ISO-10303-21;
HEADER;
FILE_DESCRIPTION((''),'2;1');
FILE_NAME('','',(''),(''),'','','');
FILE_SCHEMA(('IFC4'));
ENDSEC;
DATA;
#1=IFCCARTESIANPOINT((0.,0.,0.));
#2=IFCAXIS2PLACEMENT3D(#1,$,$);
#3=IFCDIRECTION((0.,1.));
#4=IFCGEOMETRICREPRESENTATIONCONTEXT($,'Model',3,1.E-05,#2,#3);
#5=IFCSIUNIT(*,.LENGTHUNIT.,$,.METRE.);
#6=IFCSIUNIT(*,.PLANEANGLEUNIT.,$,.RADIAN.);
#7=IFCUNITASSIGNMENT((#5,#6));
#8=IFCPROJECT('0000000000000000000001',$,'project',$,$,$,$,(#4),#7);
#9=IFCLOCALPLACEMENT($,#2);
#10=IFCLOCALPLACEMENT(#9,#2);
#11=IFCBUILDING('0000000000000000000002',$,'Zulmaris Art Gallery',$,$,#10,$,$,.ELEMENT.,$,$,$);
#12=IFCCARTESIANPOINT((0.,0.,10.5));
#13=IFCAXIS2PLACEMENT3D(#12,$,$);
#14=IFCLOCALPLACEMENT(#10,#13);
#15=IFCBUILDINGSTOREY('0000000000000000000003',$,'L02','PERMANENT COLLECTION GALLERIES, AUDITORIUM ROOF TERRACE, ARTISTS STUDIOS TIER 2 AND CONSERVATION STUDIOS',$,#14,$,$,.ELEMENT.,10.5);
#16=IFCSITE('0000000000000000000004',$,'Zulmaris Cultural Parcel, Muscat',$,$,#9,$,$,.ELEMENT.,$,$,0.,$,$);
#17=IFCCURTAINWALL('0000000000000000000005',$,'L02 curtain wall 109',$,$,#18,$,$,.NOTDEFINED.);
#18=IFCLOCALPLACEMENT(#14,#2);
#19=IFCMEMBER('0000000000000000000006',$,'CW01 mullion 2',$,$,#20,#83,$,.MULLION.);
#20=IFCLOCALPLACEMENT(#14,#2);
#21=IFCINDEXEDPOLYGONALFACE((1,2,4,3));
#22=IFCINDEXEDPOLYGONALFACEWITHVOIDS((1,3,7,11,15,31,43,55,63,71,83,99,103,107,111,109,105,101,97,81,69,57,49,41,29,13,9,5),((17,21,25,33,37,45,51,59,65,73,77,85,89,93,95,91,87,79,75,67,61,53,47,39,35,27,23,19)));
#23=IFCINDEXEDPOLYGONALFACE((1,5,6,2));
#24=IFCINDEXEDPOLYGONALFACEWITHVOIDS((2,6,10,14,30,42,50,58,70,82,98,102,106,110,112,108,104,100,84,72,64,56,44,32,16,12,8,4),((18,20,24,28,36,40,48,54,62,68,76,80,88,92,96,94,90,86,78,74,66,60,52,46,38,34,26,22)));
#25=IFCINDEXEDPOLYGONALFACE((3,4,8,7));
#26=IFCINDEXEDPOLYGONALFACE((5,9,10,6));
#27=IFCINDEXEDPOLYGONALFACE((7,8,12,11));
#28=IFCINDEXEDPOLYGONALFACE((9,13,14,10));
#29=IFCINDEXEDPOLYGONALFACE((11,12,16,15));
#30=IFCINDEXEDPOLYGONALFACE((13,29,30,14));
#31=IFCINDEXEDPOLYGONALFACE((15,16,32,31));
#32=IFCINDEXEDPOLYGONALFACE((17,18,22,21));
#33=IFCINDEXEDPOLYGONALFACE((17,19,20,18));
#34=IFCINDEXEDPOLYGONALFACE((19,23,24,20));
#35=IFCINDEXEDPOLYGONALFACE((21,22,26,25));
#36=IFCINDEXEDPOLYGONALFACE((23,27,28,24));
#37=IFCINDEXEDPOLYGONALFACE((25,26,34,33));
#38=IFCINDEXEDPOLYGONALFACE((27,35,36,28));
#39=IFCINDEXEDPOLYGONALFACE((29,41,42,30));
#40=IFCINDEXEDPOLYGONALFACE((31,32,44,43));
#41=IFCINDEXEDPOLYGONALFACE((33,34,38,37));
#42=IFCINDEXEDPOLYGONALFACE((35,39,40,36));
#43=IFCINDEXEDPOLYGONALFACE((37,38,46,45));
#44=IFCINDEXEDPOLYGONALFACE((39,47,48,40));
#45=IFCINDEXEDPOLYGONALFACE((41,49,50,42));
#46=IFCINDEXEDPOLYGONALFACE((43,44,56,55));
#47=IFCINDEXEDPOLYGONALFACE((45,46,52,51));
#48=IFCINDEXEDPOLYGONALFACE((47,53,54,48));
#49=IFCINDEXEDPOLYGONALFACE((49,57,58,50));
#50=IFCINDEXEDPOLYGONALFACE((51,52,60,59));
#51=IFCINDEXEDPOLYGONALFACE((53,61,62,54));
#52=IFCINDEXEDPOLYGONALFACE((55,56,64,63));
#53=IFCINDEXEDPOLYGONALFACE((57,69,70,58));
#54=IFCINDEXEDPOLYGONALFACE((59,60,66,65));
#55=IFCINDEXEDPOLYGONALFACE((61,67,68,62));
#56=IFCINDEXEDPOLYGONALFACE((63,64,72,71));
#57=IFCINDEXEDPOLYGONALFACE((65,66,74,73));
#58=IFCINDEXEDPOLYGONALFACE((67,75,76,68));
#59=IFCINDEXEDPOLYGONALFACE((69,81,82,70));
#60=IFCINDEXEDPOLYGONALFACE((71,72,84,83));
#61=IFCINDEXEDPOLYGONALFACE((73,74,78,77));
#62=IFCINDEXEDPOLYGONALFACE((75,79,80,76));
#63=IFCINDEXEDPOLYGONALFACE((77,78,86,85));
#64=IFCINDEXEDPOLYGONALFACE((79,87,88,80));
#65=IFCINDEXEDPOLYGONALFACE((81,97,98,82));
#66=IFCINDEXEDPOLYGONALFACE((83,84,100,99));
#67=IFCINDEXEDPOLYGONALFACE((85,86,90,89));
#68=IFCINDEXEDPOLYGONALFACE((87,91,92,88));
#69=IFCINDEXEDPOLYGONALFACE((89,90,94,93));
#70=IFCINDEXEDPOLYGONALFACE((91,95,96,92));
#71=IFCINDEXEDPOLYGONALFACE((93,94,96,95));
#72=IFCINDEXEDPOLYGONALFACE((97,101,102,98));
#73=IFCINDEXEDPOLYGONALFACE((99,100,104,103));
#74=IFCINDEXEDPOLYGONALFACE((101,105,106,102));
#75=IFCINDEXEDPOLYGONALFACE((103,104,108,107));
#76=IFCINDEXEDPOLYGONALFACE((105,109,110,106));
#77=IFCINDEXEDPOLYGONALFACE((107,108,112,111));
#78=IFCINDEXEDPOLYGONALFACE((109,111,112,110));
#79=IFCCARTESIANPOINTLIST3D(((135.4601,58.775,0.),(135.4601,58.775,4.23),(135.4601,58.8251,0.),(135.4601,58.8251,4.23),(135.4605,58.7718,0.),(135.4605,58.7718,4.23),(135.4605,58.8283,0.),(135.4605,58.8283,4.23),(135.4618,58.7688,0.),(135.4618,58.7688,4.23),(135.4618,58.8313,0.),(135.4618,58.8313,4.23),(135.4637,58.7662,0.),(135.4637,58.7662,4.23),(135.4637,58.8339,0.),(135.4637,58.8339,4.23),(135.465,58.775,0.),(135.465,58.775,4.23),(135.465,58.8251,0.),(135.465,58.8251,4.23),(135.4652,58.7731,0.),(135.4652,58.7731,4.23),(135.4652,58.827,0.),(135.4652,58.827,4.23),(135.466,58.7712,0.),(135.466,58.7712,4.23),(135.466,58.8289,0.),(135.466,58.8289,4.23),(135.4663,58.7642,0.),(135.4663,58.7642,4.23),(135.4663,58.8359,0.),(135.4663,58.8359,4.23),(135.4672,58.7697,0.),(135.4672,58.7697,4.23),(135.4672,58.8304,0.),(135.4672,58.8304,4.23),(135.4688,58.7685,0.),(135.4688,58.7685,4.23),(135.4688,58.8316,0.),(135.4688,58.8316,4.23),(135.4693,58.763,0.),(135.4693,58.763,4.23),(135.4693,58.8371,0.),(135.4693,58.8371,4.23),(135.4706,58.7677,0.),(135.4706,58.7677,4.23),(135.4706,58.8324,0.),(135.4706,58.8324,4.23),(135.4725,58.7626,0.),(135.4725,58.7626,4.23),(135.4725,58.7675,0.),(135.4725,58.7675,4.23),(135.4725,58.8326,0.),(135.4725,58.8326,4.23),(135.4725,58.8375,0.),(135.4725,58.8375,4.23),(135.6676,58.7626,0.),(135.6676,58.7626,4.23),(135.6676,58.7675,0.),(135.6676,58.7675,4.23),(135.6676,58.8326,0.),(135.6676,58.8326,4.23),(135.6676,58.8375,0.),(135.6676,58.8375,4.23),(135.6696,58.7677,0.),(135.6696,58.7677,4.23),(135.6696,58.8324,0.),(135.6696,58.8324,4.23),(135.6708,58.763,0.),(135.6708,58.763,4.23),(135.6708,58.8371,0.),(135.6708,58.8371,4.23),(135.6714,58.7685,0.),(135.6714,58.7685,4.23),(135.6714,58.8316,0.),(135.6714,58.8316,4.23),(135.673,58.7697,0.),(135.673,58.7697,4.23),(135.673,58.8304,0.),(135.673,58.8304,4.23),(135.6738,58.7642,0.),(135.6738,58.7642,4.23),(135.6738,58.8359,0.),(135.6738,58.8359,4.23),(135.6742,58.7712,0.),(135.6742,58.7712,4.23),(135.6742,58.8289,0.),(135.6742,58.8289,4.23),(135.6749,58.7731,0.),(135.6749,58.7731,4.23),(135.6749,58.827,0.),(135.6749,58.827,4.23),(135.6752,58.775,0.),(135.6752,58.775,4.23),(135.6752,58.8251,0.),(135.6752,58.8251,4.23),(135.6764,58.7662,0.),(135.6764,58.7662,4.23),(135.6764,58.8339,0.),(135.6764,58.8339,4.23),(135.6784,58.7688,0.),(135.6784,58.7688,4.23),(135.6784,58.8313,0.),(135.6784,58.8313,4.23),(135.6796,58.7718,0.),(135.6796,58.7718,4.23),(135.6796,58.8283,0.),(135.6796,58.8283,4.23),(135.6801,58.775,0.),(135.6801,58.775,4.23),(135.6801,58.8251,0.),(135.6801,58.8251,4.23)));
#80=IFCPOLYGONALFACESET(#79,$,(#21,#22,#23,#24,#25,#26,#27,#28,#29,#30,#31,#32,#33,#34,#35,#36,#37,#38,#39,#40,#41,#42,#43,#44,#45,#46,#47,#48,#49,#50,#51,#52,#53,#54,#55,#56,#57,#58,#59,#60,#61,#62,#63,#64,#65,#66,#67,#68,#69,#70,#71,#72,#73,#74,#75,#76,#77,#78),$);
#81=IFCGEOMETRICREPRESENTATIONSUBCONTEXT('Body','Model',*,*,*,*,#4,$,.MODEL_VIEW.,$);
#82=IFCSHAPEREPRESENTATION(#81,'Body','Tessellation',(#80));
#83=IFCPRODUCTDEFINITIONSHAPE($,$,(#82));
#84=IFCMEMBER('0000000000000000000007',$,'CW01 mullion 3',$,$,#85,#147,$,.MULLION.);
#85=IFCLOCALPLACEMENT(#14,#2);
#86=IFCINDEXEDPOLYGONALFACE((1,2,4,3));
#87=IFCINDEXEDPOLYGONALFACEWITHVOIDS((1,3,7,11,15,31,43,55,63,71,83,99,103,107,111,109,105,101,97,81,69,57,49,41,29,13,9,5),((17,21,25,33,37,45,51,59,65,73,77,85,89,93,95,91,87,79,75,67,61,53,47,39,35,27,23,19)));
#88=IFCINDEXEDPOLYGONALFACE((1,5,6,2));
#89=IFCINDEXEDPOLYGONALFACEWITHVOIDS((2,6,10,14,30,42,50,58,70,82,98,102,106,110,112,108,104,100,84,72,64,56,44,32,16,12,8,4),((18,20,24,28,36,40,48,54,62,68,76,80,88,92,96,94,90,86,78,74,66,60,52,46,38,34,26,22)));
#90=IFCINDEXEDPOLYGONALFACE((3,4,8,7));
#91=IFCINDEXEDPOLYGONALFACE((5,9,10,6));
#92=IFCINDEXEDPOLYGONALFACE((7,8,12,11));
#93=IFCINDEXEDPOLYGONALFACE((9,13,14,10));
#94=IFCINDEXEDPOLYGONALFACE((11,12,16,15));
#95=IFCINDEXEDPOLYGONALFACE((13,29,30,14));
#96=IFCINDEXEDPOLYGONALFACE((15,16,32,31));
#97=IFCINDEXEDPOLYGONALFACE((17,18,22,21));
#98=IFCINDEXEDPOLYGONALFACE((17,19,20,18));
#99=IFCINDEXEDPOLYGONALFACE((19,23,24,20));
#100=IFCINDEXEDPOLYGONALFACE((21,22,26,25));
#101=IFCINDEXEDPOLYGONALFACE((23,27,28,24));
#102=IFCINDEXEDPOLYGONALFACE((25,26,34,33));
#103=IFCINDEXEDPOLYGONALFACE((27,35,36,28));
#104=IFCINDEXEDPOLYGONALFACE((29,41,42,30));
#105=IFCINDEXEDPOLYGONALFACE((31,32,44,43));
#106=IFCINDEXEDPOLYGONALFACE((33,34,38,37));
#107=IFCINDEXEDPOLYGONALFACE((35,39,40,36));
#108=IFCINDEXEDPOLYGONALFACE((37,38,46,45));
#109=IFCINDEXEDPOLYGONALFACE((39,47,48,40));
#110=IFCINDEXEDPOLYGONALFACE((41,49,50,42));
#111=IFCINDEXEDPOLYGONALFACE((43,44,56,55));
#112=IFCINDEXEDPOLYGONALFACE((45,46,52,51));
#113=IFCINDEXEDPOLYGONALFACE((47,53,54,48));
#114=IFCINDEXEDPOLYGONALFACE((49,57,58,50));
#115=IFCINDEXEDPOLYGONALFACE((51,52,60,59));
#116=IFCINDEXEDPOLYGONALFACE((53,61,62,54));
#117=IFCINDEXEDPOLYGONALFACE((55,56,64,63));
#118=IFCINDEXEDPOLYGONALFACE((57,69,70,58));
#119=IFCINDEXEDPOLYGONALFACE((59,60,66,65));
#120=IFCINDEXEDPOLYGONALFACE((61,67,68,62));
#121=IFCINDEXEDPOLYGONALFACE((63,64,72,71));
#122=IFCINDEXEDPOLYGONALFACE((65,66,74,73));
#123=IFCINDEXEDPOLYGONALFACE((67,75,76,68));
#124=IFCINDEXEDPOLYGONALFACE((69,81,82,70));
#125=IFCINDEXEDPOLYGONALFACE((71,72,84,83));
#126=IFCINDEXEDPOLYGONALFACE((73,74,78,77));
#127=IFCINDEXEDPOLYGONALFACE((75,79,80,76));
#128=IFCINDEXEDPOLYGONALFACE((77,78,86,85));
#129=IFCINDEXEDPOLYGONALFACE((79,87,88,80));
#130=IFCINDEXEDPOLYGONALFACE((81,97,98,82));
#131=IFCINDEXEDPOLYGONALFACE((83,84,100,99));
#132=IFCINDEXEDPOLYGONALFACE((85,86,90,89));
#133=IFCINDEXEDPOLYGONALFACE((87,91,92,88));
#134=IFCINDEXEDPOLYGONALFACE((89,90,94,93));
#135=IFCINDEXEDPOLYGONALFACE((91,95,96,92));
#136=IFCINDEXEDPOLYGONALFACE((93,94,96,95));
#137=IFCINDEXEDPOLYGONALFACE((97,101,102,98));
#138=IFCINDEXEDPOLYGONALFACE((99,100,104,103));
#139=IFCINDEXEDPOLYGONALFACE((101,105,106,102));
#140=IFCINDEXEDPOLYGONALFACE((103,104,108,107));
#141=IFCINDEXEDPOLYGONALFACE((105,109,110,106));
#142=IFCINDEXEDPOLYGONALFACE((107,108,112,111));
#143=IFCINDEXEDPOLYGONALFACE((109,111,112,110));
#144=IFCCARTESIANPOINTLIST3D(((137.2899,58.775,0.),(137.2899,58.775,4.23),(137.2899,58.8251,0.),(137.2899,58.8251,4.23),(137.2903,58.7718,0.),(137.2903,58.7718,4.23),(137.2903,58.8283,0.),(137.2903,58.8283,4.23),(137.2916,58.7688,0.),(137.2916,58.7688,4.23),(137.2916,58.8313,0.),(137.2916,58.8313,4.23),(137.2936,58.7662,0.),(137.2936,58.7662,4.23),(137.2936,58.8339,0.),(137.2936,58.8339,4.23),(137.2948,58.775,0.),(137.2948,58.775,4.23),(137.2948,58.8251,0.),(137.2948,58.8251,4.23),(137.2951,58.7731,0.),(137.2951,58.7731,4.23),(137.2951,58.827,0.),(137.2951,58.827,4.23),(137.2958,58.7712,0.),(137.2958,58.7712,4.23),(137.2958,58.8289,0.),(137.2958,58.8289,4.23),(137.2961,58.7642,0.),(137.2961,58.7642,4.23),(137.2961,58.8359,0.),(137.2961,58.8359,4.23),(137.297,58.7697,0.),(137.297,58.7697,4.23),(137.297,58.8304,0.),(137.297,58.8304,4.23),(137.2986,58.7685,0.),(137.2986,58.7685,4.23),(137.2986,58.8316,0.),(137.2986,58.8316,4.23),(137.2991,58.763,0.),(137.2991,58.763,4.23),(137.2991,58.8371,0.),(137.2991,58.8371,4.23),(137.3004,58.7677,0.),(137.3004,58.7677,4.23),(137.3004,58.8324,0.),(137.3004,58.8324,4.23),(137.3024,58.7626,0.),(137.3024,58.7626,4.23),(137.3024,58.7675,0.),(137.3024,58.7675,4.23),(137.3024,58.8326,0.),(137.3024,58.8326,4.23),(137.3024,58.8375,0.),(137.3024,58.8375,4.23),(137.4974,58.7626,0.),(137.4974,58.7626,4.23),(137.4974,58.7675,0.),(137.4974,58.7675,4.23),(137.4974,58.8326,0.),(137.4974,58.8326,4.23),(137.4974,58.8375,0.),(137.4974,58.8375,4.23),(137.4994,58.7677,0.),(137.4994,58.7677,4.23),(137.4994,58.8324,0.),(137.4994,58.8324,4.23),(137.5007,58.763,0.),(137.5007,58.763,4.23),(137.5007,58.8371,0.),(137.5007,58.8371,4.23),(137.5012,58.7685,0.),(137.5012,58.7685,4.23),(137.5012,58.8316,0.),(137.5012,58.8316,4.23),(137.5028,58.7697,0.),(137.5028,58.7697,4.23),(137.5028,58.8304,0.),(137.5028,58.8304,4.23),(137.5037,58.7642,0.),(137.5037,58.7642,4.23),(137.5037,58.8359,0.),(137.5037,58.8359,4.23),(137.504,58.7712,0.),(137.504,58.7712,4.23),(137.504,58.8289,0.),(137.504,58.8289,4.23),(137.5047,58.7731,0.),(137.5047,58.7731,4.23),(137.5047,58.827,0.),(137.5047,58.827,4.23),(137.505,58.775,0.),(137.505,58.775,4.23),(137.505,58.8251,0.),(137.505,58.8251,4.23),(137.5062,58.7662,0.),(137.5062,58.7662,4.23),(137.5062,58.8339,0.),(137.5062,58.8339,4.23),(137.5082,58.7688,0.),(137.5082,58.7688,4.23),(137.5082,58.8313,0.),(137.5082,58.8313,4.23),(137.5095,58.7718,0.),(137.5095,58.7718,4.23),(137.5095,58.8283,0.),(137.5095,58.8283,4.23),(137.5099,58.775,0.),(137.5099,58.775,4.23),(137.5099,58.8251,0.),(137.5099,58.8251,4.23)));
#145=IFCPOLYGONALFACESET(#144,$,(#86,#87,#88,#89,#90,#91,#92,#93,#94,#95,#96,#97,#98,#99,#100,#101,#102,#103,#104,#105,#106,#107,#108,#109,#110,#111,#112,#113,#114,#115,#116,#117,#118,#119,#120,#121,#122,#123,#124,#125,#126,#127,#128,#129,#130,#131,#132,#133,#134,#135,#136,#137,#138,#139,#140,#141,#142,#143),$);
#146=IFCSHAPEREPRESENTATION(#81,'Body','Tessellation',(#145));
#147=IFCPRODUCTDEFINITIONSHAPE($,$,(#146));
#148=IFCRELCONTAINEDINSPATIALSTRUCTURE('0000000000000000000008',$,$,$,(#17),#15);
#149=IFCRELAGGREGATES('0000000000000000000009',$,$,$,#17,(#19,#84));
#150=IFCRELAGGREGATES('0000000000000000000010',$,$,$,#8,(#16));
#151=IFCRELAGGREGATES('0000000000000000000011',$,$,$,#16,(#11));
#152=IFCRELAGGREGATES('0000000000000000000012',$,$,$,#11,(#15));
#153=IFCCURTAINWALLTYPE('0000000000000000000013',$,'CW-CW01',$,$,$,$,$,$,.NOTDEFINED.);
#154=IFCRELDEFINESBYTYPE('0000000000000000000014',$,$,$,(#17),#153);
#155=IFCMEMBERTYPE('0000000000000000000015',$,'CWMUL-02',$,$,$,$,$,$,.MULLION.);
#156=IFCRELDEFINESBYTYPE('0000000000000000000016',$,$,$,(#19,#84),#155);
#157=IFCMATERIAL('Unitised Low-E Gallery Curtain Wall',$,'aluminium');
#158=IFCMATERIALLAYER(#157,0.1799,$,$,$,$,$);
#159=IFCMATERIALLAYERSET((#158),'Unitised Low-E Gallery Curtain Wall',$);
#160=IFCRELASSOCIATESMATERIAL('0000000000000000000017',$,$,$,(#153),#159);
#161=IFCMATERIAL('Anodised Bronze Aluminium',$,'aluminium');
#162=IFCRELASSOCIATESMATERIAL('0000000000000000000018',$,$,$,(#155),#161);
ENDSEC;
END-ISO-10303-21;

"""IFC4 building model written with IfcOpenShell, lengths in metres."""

from ifc_helpers import new_model, si_unit, direction, frame, origin, origin_2d, place, context, subcontext, project, spatial, hollow_rectangle, extrude, material, layer, layer_set, material_profile, profile_set, type_object, element, aggregate, save


model = new_model("IFC4")

# Units and contexts
model_context = context("Model", 3, precision=1e-05, world=origin(), true_north=direction((0.0, 1.0)))
body_context = subcontext(model_context, "Body", "Model", "MODEL_VIEW")
ifc_project = project(units=[si_unit("LENGTHUNIT", "METRE"), si_unit("PLANEANGLEUNIT", "RADIAN")], contexts=[model_context])

# Site, building, storey
site_placement = place(None, origin())
site = spatial("IfcSite", under=ifc_project, at=site_placement, Name="Zulmaris Cultural Parcel, Muscat", CompositionType="ELEMENT", RefElevation=0.0)
building_placement = place(site_placement, origin())
building = spatial("IfcBuilding", under=site, at=building_placement, Name="Zulmaris Art Gallery", CompositionType="ELEMENT")
storey_placement = place(building_placement, frame((0.0, 0.0, 10.5)))
storey = spatial("IfcBuildingStorey", under=building, at=storey_placement, Name="L02", Description="PERMANENT COLLECTION GALLERIES, AUDITORIUM ROOF TERRACE, ARTISTS STUDIOS TIER 2 AND CONSERVATION STUDIOS", CompositionType="ELEMENT", Elevation=10.5)

# Curtain wall, members
ifc_material_1 = material(Name="Unitised Low-E Gallery Curtain Wall", Category="aluminium")
ifc_layer_1 = layer(ifc_material_1, 0.1799)
ifc_layer_set_1 = layer_set([ifc_layer_1], Name="Unitised Low-E Gallery Curtain Wall")
curtain_wall_type = type_object("IfcCurtainWallType", Name="CW-CW01", PredefinedType="NOTDEFINED", material=ifc_layer_set_1)
curtain_wall_placement = place(storey_placement, origin())
curtain_wall = element("IfcCurtainWall", 1, at=curtain_wall_placement, inside=storey, type_object=curtain_wall_type, Name="L02 curtain wall 109", PredefinedType="NOTDEFINED")
ifc_material_2 = material(Name="Anodised Bronze Aluminium", Category="aluminium")
ifc_material_profile_1 = material_profile(ifc_material_2, hollow_rectangle(XDim=0.075, YDim=0.22, WallThickness=0.0049, InnerFilletRadius=0.0076, OuterFilletRadius=0.0125, at=origin_2d()), Name="ALU 75x220x5")
ifc_profile_set_1 = profile_set([ifc_material_profile_1], Name="Anodised Bronze Aluminium")
member_type_1 = type_object("IfcMemberType", Name="CWMUL-02", PredefinedType="MULLION", material=ifc_profile_set_1)
member_1_placement = place(storey_placement, frame((135.5701, 58.8, 0.0), z_axis=(0.0, 0.0, 1.0), x_axis=(0.0, 1.0, 0.0)))
member_1 = element("IfcMember", 2, at=member_1_placement, type_object=member_type_1, Name="CW01 mullion 2", PredefinedType="MULLION", context=body_context, shape_type="SweptSolid", body=[
    extrude(hollow_rectangle(XDim=0.075, YDim=0.22, WallThickness=0.0049, InnerFilletRadius=0.0076, OuterFilletRadius=0.0125, at=origin_2d()), origin(), (0.0, 0.0, 1.0), 4.23),
])
member_2_placement = place(storey_placement, frame((137.3999, 58.8, 0.0), z_axis=(0.0, 0.0, 1.0), x_axis=(0.0, 1.0, 0.0)))
member_2 = element("IfcMember", 3, at=member_2_placement, type_object=member_type_1, Name="CW01 mullion 3", PredefinedType="MULLION", context=body_context, shape_type="SweptSolid", body=[
    extrude(hollow_rectangle(XDim=0.075, YDim=0.22, WallThickness=0.0049, InnerFilletRadius=0.0076, OuterFilletRadius=0.0125, at=origin_2d()), origin(), (0.0, 0.0, 1.0), 4.23),
])
aggregate(curtain_wall, [member_1, member_2])

save(model, "model.ifc")
